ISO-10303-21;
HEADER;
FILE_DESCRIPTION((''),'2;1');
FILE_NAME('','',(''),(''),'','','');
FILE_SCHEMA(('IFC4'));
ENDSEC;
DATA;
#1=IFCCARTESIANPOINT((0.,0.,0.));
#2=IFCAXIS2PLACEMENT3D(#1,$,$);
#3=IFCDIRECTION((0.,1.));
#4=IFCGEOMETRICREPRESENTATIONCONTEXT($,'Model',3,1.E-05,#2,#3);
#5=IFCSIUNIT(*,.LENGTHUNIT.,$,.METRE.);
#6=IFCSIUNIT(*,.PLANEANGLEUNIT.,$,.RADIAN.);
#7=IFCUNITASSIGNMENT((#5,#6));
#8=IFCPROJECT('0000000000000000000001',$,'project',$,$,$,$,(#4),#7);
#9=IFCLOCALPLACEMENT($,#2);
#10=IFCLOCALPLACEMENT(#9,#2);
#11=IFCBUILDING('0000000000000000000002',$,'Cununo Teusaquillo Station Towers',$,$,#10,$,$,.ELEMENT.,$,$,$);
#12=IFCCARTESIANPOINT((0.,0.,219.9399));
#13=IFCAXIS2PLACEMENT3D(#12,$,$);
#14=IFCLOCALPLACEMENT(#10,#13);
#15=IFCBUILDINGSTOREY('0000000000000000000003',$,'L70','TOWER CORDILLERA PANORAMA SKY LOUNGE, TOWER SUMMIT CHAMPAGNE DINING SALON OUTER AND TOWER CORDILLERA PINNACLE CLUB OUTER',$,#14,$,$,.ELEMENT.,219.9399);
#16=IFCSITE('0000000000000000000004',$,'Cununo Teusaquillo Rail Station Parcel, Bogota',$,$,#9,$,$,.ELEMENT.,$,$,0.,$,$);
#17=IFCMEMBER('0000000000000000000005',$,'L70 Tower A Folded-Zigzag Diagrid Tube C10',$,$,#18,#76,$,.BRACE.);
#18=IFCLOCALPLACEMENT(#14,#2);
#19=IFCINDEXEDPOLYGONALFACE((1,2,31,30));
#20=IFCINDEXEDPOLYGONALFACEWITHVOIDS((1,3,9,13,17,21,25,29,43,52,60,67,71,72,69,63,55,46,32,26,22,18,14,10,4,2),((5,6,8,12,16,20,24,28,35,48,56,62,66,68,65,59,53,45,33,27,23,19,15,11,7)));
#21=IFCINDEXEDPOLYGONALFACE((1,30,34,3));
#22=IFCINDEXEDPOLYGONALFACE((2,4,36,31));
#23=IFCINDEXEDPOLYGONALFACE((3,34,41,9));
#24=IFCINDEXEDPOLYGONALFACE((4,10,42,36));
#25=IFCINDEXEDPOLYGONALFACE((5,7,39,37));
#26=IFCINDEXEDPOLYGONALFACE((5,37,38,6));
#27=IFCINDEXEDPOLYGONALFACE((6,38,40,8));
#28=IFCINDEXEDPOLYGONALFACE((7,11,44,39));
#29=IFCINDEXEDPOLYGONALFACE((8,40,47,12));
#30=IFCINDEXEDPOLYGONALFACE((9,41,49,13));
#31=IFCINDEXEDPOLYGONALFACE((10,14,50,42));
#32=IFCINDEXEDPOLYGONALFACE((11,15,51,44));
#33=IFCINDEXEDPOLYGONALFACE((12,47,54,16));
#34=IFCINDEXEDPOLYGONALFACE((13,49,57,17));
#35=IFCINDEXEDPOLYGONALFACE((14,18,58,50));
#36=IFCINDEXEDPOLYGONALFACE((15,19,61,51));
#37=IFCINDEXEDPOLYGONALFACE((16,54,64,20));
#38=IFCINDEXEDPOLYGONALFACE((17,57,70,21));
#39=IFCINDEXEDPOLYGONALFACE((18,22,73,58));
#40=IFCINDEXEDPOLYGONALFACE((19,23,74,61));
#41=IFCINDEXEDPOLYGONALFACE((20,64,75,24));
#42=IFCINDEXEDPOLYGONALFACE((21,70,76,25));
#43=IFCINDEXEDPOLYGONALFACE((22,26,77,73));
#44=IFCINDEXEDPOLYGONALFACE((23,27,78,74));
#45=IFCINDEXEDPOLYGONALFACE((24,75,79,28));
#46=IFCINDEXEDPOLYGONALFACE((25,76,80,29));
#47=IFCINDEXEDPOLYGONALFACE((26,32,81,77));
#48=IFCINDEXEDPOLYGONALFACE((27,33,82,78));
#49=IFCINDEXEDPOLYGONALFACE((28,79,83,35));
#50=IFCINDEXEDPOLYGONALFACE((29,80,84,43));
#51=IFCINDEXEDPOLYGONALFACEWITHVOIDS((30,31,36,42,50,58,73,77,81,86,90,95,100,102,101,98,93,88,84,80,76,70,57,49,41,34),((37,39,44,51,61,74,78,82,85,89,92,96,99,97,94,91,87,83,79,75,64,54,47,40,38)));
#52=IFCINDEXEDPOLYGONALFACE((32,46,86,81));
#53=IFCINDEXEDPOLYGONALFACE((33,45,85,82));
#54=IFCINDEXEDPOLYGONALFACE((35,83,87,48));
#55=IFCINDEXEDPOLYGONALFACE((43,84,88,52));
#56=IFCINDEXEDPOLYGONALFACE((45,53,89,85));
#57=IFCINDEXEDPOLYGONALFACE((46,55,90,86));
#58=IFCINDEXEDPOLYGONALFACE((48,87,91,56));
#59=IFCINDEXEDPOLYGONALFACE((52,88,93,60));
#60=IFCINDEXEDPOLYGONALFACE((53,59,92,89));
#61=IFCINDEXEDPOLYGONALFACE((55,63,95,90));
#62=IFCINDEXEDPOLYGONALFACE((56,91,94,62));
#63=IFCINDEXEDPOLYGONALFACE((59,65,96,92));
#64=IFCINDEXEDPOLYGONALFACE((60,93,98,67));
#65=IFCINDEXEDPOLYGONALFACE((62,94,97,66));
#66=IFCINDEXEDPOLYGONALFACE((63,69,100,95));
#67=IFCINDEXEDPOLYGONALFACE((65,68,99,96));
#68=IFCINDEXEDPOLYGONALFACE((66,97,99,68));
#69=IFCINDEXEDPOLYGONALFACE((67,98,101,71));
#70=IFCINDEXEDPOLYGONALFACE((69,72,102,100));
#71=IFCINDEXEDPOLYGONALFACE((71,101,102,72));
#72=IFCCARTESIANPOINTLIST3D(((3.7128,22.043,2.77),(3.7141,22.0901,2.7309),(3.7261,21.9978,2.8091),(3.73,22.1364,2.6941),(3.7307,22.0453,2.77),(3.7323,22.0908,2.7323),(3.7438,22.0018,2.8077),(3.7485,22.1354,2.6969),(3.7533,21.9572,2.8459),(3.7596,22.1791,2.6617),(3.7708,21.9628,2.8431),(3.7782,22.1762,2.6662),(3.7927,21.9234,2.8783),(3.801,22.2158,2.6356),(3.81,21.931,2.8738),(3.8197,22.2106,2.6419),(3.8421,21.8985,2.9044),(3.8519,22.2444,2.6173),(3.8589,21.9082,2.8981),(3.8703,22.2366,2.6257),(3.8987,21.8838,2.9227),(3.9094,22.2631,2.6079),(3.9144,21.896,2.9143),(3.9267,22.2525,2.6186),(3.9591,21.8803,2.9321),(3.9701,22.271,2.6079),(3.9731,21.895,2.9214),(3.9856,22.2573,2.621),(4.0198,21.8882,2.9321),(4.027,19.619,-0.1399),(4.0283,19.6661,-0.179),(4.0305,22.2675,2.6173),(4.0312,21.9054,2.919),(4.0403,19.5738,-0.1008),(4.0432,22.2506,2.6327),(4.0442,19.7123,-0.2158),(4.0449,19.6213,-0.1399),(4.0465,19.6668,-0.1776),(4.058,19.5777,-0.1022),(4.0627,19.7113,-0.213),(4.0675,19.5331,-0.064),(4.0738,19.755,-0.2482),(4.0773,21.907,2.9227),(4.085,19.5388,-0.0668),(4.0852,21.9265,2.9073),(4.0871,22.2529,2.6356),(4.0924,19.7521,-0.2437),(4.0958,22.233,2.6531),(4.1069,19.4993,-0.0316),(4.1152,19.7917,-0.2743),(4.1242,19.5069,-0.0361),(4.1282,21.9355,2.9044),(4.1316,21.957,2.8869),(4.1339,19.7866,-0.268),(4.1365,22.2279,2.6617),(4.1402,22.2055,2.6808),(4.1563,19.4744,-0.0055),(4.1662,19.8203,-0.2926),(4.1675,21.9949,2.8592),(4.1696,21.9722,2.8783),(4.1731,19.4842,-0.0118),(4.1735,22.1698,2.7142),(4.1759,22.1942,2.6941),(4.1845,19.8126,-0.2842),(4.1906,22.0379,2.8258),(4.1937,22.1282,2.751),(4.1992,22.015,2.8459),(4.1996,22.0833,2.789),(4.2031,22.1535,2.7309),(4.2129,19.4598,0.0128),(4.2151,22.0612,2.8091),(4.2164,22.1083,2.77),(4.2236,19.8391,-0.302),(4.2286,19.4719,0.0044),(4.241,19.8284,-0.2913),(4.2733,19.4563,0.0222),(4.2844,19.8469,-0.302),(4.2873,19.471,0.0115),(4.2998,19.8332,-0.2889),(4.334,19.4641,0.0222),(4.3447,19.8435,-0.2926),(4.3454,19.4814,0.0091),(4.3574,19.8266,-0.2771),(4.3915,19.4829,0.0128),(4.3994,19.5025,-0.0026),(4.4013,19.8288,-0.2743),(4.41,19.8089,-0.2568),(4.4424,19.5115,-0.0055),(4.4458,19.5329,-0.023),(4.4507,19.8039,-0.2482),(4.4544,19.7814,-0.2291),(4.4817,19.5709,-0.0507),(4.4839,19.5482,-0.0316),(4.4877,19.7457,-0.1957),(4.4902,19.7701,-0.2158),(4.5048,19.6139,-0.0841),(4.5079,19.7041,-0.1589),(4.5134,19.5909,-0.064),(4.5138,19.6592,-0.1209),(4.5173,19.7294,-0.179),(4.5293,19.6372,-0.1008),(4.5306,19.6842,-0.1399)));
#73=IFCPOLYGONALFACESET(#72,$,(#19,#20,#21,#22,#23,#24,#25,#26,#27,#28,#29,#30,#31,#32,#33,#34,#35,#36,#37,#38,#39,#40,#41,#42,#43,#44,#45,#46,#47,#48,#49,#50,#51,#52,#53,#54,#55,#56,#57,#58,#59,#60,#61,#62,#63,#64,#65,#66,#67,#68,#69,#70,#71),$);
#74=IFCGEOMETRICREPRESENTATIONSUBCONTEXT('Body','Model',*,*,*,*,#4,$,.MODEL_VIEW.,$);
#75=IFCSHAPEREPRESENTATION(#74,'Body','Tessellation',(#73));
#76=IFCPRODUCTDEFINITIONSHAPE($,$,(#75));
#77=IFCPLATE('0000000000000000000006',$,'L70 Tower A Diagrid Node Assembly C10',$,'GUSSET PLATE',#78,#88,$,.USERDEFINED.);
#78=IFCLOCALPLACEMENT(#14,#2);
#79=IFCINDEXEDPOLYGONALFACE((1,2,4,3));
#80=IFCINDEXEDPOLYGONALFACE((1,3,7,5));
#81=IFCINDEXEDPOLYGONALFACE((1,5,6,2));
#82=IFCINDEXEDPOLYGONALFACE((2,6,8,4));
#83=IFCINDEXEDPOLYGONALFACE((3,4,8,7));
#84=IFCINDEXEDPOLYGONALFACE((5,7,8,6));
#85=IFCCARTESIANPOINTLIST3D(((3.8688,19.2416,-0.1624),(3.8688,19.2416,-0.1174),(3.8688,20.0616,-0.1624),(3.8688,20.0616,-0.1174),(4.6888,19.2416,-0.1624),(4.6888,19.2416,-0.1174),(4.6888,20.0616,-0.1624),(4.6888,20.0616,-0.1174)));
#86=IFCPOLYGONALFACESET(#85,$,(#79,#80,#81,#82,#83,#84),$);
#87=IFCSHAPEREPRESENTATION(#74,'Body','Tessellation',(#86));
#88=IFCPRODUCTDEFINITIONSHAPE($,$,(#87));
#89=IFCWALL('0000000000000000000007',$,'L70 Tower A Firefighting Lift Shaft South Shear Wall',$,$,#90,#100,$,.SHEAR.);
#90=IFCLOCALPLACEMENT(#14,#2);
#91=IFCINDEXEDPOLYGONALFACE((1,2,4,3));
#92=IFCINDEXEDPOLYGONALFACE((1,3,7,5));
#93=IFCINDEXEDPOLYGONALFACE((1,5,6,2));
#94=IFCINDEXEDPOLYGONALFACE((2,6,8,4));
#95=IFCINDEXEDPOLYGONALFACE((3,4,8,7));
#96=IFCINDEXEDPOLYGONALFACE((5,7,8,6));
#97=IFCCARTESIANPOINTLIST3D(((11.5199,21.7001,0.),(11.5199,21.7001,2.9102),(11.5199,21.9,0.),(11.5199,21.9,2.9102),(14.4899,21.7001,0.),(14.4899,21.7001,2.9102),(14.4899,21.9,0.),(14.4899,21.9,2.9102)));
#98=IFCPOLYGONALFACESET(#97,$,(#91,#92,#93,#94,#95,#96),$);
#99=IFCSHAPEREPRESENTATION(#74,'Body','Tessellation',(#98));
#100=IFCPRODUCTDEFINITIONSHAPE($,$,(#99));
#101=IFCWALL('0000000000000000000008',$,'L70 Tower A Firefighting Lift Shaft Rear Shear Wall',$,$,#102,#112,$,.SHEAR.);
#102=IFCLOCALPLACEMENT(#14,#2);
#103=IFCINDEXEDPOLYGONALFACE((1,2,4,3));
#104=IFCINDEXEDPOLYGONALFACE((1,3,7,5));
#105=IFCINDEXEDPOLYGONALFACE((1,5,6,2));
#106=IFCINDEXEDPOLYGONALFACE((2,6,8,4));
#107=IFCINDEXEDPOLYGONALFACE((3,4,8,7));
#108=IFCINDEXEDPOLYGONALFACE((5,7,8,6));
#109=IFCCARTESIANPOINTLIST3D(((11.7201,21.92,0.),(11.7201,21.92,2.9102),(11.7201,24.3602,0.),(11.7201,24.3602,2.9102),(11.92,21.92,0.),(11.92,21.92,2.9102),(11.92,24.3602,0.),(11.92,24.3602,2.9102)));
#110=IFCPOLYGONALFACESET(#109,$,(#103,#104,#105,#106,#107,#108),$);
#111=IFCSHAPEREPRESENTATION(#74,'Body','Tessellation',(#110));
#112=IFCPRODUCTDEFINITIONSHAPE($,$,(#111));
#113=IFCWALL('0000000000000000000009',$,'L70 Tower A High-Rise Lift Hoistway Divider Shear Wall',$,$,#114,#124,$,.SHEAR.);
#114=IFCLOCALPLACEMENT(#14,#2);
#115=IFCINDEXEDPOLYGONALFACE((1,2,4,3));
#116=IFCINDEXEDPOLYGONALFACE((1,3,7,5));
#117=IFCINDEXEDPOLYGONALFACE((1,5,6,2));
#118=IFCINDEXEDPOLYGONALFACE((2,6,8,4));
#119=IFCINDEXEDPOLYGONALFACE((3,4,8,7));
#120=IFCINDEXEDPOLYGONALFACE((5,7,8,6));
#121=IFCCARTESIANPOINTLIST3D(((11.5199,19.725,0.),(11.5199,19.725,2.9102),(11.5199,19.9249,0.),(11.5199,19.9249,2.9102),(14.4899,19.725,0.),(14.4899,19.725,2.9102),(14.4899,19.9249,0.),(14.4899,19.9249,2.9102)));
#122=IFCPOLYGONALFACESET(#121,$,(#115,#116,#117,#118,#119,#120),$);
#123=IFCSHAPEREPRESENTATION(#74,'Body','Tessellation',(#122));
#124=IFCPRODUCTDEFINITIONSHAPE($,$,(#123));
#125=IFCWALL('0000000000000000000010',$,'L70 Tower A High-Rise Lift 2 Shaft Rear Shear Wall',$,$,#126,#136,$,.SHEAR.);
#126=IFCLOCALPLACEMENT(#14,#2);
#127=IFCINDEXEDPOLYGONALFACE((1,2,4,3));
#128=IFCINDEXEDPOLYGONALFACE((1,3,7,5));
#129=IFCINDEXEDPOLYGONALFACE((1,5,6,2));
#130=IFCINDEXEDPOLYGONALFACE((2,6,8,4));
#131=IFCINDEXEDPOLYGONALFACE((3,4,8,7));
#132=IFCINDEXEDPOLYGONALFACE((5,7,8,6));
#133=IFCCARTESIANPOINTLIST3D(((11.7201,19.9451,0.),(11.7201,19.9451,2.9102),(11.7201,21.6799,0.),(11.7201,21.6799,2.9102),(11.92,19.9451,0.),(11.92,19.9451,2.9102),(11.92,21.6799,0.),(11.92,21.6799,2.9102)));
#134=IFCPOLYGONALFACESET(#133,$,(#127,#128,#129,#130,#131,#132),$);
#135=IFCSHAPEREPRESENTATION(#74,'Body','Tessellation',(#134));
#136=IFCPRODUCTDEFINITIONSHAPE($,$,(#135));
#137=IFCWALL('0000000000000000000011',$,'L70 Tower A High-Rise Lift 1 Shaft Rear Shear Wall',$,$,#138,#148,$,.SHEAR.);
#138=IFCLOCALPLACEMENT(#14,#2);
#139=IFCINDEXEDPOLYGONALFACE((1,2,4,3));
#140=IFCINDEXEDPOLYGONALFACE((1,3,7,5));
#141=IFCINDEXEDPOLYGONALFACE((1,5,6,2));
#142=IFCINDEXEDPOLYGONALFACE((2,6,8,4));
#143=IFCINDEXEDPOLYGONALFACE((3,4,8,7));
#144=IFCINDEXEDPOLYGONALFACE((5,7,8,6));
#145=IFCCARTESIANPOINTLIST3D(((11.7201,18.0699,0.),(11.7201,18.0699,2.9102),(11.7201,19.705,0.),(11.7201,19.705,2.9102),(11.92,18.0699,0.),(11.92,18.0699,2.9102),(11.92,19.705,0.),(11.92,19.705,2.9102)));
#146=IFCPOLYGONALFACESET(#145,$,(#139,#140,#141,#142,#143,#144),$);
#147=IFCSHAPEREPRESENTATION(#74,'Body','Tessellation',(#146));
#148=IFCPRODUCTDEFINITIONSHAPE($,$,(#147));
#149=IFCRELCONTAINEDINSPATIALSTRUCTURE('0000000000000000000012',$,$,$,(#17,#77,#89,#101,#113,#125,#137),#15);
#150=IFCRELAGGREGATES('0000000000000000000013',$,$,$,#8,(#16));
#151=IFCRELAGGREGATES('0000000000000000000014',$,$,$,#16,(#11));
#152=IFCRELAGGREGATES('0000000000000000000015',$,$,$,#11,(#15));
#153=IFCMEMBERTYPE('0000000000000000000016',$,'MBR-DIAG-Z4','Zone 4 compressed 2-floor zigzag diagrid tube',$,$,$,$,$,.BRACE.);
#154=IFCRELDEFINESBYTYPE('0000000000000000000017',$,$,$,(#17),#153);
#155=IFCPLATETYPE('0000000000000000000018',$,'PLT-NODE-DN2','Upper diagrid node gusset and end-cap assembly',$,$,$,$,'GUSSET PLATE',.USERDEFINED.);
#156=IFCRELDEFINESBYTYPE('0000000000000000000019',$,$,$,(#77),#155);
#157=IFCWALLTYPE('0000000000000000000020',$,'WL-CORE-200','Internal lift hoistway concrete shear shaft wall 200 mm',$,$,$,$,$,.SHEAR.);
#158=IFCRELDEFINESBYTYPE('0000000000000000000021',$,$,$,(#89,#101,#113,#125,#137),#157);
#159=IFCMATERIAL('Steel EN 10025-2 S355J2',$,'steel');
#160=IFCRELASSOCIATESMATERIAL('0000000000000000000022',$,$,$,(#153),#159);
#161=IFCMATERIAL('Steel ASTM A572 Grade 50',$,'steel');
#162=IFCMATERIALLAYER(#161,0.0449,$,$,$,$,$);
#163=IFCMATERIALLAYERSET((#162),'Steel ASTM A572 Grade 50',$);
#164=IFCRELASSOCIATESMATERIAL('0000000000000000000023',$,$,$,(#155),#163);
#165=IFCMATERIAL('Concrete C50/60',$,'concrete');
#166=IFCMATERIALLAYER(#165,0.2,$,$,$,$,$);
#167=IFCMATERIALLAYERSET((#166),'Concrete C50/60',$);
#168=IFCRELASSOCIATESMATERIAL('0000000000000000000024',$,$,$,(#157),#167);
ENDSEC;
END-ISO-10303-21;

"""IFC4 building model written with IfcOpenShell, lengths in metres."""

from ifc_helpers import new_model, si_unit, direction, frame, frame_2d, origin, origin_2d, place, context, subcontext, project, spatial, rectangle, hollow_circle, extrude, source, transform, mapped, material, layer, layer_set, material_profile, profile_set, type_object, element, save


model = new_model("IFC4")

# Units and contexts
model_context = context("Model", 3, precision=1e-05, world=origin(), true_north=direction((0.0, 1.0)))
body_context = subcontext(model_context, "Body", "Model", "MODEL_VIEW")
ifc_project = project(units=[si_unit("LENGTHUNIT", "METRE"), si_unit("PLANEANGLEUNIT", "RADIAN")], contexts=[model_context])

# Site, building, storey
site_placement = place(None, origin())
site = spatial("IfcSite", under=ifc_project, at=site_placement, Name="Cununo Teusaquillo Rail Station Parcel, Bogota", CompositionType="ELEMENT", RefElevation=0.0)
building_placement = place(site_placement, origin())
building = spatial("IfcBuilding", under=site, at=building_placement, Name="Cununo Teusaquillo Station Towers", CompositionType="ELEMENT")
storey_placement = place(building_placement, frame((0.0, 0.0, 219.9399)))
storey = spatial("IfcBuildingStorey", under=building, at=storey_placement, Name="L70", Description="TOWER CORDILLERA PANORAMA SKY LOUNGE, TOWER SUMMIT CHAMPAGNE DINING SALON OUTER AND TOWER CORDILLERA PINNACLE CLUB OUTER", CompositionType="ELEMENT", Elevation=219.9399)

# Member
ifc_material_1 = material(Name="Steel EN 10025-2 S355J2", Category="steel")
ifc_material_profile_1 = material_profile(ifc_material_1, hollow_circle(Radius=0.2539, WallThickness=0.0181, at=origin_2d()), Name="CHS 508x18")
ifc_profile_set_1 = profile_set([ifc_material_profile_1], Name="Steel EN 10025-2 S355J2")
member_type = type_object("IfcMemberType", Name="MBR-DIAG-Z4", Description="Zone 4 compressed 2-floor zigzag diagrid tube", PredefinedType="BRACE", material=ifc_profile_set_1)
member_placement = place(storey_placement, frame((4.2788, 19.6516, -0.1399), z_axis=(-0.08268, 0.63786, 0.765702), x_axis=(-0.991704, -0.128545, 0.0)))
element("IfcMember", 1, at=member_placement, inside=storey, type_object=member_type, Name="L70 Tower A Folded-Zigzag Diagrid Tube C10", PredefinedType="BRACE", context=body_context, shape_type="SweptSolid", body=[
    extrude(hollow_circle(Radius=0.2539, WallThickness=0.0181, at=origin_2d()), origin(), (0.0, 0.0, 1.0), 3.8003),
])

# Plate
ifc_material_2 = material(Name="Steel ASTM A572 Grade 50", Category="steel")
ifc_layer_1 = layer(ifc_material_2, 0.0449)
ifc_layer_set_1 = layer_set([ifc_layer_1], Name="Steel ASTM A572 Grade 50")
plate_type = type_object("IfcPlateType", Name="PLT-NODE-DN2", Description="Upper diagrid node gusset and end-cap assembly", ElementType="GUSSET PLATE", PredefinedType="USERDEFINED", material=ifc_layer_set_1)
shared_shape_1 = source(origin(), body_context, "Body", "SweptSolid", [
    extrude(rectangle(XDim=0.8201, YDim=0.8201, at=origin_2d()), origin(), (0.0, 0.0, 1.0), 0.0449),
])
plate_placement = place(storey_placement, frame((4.2788, 19.6516, -0.1624), z_axis=(0.0, 0.0, 1.0), x_axis=(1.0, 0.0, 0.0)))
element("IfcPlate", 2, at=plate_placement, inside=storey, type_object=plate_type, Name="L70 Tower A Diagrid Node Assembly C10", ObjectType="GUSSET PLATE", PredefinedType="USERDEFINED", context=body_context, shape_type="MappedRepresentation", body=[
    mapped(shared_shape_1, transform((0.0, 0.0, 0.0), x_axis=(1.0, 0.0, 0.0), y_axis=(0.0, 1.0, 0.0), z_axis=(0.0, 0.0, 1.0), scale=1.0)),
])

# Walls
ifc_material_3 = material(Name="Concrete C50/60", Category="concrete")
ifc_layer_2 = layer(ifc_material_3, 0.2)
ifc_layer_set_2 = layer_set([ifc_layer_2], Name="Concrete C50/60")
wall_type_1 = type_object("IfcWallType", Name="WL-CORE-200", Description="Internal lift hoistway concrete shear shaft wall 200 mm", PredefinedType="SHEAR", material=ifc_layer_set_2)
wall_1_placement = place(storey_placement, frame((11.52, 21.8, 0.0), z_axis=(0.0, 0.0, 1.0), x_axis=(1.0, 0.0, 0.0)))
element("IfcWall", 3, at=wall_1_placement, inside=storey, type_object=wall_type_1, Name="L70 Tower A Firefighting Lift Shaft South Shear Wall", PredefinedType="SHEAR", context=body_context, shape_type="SweptSolid", body=[
    extrude(rectangle(XDim=2.97, YDim=0.2, at=frame_2d((1.4849, 0.0))), origin(), (0.0, 0.0, 1.0), 2.9102),
])
wall_2_placement = place(storey_placement, frame((11.8201, 21.9199, 0.0), z_axis=(0.0, 0.0, 1.0), x_axis=(0.0, 1.0, 0.0)))
element("IfcWall", 4, at=wall_2_placement, inside=storey, type_object=wall_type_1, Name="L70 Tower A Firefighting Lift Shaft Rear Shear Wall", PredefinedType="SHEAR", context=body_context, shape_type="SweptSolid", body=[
    extrude(rectangle(XDim=2.4402, YDim=0.2, at=frame_2d((1.2202, 0.0))), origin(), (0.0, 0.0, 1.0), 2.9102),
])
wall_3_placement = place(storey_placement, frame((11.52, 19.825, 0.0), z_axis=(0.0, 0.0, 1.0), x_axis=(1.0, 0.0, 0.0)))
element("IfcWall", 5, at=wall_3_placement, inside=storey, type_object=wall_type_1, Name="L70 Tower A High-Rise Lift Hoistway Divider Shear Wall", PredefinedType="SHEAR", context=body_context, shape_type="SweptSolid", body=[
    extrude(rectangle(XDim=2.97, YDim=0.2, at=frame_2d((1.4849, 0.0))), origin(), (0.0, 0.0, 1.0), 2.9102),
])
wall_4_placement = place(storey_placement, frame((11.8201, 19.9451, 0.0), z_axis=(0.0, 0.0, 1.0), x_axis=(0.0, 1.0, 0.0)))
element("IfcWall", 6, at=wall_4_placement, inside=storey, type_object=wall_type_1, Name="L70 Tower A High-Rise Lift 2 Shaft Rear Shear Wall", PredefinedType="SHEAR", context=body_context, shape_type="SweptSolid", body=[
    extrude(rectangle(XDim=1.7349, YDim=0.2, at=frame_2d((0.8674, 0.0))), origin(), (0.0, 0.0, 1.0), 2.9102),
])
wall_5_placement = place(storey_placement, frame((11.8201, 18.0701, 0.0), z_axis=(0.0, 0.0, 1.0), x_axis=(0.0, 1.0, 0.0)))
element("IfcWall", 7, at=wall_5_placement, inside=storey, type_object=wall_type_1, Name="L70 Tower A High-Rise Lift 1 Shaft Rear Shear Wall", PredefinedType="SHEAR", context=body_context, shape_type="SweptSolid", body=[
    extrude(rectangle(XDim=1.635, YDim=0.2, at=frame_2d((0.8174, 0.0))), origin(), (0.0, 0.0, 1.0), 2.9102),
])

save(model, "model.ifc")
